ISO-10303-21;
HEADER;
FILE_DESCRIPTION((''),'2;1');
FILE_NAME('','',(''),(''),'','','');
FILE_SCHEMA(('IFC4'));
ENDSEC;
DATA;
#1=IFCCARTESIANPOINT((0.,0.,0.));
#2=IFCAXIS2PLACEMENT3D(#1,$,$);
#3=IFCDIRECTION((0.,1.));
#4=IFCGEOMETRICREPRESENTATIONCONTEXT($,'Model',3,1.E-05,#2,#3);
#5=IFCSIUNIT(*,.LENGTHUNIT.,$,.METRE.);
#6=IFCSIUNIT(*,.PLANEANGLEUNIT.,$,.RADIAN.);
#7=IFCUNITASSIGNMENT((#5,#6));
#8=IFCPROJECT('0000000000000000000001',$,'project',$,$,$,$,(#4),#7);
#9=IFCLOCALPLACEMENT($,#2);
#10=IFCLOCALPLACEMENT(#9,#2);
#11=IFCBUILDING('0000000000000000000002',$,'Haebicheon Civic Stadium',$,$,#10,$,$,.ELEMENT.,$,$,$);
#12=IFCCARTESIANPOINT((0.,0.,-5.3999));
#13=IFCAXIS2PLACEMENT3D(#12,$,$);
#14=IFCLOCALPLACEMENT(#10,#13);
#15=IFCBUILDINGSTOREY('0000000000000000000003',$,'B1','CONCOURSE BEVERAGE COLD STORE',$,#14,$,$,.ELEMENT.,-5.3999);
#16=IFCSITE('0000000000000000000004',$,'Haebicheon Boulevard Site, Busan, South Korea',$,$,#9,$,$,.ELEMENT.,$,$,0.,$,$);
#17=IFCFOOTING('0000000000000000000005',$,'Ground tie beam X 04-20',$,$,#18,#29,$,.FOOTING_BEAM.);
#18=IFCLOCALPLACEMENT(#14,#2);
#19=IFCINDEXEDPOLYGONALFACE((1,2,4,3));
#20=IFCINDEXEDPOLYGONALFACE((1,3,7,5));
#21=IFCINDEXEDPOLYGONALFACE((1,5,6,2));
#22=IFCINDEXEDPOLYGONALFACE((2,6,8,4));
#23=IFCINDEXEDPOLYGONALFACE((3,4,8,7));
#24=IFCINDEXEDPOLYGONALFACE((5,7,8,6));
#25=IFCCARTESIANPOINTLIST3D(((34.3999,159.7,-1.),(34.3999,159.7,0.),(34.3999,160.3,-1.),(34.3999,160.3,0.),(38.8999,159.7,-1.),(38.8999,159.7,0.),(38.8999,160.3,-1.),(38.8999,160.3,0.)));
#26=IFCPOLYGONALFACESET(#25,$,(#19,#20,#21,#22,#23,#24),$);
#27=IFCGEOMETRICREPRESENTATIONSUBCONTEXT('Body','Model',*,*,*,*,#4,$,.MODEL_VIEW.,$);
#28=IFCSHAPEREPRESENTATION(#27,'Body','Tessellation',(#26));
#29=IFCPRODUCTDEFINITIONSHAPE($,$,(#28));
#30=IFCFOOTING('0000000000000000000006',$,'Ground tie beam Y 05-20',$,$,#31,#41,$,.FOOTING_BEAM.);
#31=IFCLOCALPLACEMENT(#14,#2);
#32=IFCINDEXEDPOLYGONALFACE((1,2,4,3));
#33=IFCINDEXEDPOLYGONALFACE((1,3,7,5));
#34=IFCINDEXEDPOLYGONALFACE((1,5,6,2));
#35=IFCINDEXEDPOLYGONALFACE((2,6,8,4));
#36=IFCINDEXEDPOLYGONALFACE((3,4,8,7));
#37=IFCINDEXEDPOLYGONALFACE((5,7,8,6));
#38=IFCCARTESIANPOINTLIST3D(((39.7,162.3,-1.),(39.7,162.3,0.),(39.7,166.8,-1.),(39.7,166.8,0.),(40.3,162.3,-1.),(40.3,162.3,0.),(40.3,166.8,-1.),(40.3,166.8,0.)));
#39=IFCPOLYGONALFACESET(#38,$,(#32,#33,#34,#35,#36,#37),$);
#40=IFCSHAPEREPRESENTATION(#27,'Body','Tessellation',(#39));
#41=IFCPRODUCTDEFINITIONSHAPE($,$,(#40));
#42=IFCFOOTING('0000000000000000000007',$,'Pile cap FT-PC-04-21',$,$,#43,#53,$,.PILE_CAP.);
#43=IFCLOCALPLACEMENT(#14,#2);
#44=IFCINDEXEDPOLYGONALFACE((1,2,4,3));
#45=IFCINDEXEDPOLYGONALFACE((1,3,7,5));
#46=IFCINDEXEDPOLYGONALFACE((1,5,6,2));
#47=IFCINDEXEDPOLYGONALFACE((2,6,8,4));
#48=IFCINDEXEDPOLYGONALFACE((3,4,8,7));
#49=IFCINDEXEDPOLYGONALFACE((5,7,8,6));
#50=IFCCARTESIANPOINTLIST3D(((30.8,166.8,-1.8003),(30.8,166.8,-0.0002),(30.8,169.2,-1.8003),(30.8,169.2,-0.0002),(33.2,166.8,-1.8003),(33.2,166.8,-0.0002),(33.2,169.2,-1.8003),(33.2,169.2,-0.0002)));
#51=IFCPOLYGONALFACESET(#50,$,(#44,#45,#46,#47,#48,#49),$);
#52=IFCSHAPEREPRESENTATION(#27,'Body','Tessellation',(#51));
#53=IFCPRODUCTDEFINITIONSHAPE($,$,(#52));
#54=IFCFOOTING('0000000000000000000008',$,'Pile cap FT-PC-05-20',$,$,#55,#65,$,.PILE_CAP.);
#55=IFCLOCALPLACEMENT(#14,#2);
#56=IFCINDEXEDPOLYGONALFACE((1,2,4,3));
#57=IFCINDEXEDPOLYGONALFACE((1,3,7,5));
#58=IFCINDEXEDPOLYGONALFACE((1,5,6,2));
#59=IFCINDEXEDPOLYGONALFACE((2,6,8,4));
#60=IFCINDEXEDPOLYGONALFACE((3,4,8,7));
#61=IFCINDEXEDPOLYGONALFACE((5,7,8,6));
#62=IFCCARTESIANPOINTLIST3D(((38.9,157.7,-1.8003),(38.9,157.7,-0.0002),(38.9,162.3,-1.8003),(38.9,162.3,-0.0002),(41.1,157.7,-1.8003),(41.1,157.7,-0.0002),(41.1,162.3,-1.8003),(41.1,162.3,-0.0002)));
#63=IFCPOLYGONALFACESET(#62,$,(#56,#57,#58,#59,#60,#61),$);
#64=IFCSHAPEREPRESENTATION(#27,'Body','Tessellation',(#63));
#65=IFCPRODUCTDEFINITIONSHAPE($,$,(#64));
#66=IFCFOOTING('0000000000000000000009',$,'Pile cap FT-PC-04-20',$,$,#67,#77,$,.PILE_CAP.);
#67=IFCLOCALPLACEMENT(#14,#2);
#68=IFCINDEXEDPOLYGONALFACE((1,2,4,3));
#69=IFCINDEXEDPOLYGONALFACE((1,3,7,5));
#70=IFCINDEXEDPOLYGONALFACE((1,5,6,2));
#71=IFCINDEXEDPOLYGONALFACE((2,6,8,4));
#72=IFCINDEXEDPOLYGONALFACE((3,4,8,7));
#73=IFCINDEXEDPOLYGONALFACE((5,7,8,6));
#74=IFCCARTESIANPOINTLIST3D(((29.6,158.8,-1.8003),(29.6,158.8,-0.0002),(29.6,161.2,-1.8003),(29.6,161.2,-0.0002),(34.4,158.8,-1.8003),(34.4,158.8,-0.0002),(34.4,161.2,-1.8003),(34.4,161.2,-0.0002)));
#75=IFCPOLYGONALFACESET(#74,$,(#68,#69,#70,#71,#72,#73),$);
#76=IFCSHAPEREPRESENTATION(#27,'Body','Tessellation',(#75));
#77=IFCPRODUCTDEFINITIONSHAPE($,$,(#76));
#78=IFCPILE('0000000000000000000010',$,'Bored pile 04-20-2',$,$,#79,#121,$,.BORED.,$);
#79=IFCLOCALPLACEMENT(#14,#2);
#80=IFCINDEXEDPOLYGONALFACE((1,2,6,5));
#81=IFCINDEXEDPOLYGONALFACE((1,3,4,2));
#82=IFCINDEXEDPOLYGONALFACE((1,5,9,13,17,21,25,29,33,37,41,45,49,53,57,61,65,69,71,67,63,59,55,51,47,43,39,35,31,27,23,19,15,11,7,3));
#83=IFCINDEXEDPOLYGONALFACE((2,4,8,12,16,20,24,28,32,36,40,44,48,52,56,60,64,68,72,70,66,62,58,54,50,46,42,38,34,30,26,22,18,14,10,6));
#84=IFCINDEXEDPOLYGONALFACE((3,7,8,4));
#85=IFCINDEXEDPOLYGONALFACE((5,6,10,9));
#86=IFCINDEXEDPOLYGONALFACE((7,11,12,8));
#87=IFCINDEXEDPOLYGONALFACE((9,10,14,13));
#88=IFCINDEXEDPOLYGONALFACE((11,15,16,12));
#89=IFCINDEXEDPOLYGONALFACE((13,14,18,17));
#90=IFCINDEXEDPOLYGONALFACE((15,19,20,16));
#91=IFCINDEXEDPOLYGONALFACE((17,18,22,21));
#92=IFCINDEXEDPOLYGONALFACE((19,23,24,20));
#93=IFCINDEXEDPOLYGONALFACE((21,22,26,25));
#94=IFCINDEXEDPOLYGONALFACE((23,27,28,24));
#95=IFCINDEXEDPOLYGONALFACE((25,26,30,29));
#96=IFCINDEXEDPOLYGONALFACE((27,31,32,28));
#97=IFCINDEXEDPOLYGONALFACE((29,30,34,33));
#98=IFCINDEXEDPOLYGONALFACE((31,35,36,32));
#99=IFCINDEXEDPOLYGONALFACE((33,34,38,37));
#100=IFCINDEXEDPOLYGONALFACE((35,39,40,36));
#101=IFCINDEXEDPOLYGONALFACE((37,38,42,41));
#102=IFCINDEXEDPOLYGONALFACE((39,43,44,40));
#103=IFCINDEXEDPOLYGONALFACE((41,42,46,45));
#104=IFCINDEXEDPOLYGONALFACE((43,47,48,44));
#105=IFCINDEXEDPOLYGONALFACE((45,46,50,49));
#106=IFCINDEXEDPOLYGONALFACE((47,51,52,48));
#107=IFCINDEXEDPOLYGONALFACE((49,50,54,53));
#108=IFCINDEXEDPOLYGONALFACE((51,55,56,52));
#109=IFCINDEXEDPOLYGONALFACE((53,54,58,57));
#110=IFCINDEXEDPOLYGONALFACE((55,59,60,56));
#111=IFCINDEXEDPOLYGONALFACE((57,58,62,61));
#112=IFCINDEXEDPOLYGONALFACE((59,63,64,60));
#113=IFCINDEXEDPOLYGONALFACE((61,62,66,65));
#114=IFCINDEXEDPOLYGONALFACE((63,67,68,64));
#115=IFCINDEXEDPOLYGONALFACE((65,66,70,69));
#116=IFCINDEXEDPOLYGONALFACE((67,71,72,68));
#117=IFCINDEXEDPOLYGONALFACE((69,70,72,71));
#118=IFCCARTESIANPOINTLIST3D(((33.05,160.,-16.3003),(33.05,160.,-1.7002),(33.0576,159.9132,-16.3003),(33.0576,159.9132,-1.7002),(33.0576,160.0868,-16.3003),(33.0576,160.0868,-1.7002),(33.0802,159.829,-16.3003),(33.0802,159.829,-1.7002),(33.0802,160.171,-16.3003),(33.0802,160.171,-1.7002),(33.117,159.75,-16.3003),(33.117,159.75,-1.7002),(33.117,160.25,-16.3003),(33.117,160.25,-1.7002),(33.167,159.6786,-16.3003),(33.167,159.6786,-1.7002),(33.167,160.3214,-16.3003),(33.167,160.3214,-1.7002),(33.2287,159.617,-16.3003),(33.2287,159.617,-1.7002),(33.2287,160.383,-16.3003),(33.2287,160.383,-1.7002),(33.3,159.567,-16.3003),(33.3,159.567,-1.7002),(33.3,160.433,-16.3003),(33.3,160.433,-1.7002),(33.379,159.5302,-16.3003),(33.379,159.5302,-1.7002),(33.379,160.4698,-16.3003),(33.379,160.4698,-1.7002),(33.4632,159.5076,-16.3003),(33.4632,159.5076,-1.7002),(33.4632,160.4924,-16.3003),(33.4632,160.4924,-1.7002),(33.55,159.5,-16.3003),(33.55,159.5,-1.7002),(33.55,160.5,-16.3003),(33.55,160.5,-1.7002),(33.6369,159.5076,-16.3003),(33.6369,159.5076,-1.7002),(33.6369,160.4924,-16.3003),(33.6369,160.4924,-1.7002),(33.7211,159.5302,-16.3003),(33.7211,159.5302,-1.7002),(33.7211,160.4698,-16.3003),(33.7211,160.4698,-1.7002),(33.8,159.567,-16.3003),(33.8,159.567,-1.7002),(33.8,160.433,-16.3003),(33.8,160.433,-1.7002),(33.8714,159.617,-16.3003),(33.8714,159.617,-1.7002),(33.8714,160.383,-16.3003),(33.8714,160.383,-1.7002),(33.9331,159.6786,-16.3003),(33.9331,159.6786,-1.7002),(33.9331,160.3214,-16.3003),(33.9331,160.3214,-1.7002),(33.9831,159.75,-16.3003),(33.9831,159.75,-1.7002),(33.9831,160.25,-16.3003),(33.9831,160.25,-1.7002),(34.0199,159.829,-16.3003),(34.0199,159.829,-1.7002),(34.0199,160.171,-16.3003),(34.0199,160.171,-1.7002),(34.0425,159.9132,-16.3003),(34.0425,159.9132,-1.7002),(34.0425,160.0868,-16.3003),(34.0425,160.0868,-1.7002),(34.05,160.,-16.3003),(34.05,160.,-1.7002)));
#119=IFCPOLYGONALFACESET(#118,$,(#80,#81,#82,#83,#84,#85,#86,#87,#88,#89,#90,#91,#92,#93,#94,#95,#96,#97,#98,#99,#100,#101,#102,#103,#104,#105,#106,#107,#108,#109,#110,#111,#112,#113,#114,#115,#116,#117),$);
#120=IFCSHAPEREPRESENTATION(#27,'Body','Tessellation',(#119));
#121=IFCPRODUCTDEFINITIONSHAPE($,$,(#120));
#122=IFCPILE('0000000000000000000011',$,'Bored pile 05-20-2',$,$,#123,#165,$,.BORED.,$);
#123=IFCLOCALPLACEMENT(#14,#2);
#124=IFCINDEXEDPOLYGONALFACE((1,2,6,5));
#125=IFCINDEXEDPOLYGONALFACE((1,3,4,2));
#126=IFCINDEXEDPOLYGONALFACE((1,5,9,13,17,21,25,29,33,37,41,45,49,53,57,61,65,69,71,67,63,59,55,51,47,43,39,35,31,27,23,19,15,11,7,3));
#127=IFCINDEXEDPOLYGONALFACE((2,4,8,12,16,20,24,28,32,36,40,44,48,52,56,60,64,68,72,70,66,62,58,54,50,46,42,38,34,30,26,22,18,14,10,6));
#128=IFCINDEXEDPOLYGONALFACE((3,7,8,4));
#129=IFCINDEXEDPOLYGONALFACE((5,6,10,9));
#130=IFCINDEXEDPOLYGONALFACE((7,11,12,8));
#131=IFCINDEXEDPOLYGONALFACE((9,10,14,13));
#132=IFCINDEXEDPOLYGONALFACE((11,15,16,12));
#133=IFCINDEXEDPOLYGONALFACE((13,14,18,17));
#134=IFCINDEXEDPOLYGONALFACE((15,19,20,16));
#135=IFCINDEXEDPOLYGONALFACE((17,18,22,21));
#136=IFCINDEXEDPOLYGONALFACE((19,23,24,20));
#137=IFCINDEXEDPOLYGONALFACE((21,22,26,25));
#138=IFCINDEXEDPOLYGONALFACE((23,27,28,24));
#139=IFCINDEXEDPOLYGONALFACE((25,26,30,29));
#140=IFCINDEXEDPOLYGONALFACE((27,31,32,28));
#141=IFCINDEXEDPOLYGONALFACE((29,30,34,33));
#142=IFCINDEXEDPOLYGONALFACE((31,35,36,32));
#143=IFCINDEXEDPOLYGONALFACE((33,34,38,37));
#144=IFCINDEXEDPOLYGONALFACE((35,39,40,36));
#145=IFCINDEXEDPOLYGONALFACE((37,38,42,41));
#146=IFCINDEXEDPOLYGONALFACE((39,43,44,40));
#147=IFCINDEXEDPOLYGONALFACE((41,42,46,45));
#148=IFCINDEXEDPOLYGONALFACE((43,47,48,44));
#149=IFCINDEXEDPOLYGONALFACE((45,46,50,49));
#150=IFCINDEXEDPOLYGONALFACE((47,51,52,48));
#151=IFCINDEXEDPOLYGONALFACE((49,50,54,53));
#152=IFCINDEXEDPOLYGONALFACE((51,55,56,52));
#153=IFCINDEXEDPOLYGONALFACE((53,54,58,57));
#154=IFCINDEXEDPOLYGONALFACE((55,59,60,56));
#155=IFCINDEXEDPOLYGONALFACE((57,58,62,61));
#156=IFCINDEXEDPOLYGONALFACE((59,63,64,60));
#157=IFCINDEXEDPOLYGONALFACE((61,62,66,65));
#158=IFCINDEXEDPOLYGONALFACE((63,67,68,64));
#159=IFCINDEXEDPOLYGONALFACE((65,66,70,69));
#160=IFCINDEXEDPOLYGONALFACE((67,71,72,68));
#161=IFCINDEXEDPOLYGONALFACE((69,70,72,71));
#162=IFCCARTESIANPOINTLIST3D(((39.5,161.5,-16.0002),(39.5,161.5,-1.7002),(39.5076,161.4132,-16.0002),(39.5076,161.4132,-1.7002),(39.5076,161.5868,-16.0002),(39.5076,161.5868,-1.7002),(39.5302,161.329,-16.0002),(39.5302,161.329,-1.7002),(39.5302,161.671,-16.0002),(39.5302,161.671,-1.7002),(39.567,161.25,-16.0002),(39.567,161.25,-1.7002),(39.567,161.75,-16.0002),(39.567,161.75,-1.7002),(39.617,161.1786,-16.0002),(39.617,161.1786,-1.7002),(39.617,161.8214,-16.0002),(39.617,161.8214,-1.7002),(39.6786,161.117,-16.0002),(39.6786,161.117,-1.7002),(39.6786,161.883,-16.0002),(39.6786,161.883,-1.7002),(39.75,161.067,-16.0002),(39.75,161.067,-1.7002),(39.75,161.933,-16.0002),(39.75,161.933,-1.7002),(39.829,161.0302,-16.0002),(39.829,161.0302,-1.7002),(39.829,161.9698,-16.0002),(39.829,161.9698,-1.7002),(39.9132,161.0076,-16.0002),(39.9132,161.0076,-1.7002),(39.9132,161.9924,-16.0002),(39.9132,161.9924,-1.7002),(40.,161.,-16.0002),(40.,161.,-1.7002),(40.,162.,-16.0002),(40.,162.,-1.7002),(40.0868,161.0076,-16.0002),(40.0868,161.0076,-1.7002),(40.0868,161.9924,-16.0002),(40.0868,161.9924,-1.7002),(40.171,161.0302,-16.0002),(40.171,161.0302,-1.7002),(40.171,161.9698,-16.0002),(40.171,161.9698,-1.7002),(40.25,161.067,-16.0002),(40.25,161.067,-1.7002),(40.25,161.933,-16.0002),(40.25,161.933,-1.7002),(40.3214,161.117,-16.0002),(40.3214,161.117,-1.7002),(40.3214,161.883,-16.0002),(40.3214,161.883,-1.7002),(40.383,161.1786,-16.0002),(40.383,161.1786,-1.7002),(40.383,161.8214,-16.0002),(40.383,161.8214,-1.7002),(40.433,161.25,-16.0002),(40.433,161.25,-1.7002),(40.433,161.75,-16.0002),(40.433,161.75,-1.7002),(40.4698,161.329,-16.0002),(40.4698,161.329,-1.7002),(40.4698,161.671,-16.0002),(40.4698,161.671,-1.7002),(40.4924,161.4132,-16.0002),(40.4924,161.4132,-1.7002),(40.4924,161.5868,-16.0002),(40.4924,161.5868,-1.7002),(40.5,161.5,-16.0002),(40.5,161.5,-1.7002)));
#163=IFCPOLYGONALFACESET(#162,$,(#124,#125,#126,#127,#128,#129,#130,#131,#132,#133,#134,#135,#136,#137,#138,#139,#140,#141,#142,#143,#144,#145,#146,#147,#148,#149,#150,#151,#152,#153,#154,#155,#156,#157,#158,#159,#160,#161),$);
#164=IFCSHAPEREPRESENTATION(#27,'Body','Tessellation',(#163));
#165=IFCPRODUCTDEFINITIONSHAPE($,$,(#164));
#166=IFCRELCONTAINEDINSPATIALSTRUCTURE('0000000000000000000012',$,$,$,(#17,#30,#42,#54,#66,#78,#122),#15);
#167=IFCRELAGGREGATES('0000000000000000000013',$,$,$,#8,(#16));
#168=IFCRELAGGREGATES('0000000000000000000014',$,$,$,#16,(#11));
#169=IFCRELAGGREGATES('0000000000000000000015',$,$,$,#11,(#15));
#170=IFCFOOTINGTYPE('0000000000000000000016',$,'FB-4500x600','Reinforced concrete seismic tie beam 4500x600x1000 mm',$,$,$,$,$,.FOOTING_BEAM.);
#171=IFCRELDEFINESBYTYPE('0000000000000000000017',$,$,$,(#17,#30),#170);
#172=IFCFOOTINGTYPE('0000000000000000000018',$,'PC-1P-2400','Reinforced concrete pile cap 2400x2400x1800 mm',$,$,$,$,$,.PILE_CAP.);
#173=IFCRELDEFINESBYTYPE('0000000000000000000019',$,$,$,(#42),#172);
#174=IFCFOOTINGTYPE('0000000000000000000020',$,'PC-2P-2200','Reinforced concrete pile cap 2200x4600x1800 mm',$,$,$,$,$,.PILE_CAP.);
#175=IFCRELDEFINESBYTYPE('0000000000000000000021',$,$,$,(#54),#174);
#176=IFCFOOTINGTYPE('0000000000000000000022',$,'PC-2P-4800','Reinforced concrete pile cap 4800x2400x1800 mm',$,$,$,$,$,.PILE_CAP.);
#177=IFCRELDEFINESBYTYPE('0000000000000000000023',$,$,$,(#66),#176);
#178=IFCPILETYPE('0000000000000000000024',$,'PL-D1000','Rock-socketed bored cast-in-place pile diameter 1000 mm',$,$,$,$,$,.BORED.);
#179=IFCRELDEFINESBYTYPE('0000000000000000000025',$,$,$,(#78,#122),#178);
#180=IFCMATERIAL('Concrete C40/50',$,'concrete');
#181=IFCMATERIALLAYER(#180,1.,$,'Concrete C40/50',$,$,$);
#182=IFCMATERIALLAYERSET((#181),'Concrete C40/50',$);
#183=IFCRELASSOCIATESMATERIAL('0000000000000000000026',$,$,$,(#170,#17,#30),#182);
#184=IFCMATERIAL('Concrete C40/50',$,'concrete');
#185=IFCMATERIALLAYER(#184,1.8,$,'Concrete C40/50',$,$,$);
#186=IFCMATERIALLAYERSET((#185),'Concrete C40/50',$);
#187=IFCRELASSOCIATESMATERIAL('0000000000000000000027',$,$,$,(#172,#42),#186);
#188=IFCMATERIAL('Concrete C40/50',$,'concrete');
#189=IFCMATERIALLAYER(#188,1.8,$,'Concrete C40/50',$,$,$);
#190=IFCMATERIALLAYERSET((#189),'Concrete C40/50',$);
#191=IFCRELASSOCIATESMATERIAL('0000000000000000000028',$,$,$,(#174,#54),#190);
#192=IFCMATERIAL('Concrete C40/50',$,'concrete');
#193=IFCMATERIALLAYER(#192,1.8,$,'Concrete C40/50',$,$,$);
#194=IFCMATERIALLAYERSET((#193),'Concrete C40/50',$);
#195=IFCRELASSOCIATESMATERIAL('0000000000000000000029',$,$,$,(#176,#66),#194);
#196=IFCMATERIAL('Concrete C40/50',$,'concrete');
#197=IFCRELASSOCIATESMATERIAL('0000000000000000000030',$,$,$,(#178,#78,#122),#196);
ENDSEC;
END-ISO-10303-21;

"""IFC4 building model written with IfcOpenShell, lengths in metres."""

from ifc_helpers import new_model, si_unit, direction, frame, origin, origin_2d, place, context, subcontext, project, spatial, rectangle, circle, extrude, material, layer, layer_set, material_profile, profile_set, type_object, element, save


model = new_model("IFC4")

# Units and contexts
model_context = context("Model", 3, precision=1e-05, world=origin(), true_north=direction((0.0, 1.0)))
body_context = subcontext(model_context, "Body", "Model", "MODEL_VIEW")
ifc_project = project(units=[si_unit("LENGTHUNIT", "METRE"), si_unit("PLANEANGLEUNIT", "RADIAN")], contexts=[model_context])

# Site, building, storey
site_placement = place(None, origin())
site = spatial("IfcSite", under=ifc_project, at=site_placement, Name="Haebicheon Boulevard Site, Busan, South Korea", CompositionType="ELEMENT", RefElevation=0.0)
building_placement = place(site_placement, origin())
building = spatial("IfcBuilding", under=site, at=building_placement, Name="Haebicheon Civic Stadium", CompositionType="ELEMENT")
storey_placement = place(building_placement, frame((0.0, 0.0, -5.3999)))
storey = spatial("IfcBuildingStorey", under=building, at=storey_placement, Name="B1", Description="CONCOURSE BEVERAGE COLD STORE", CompositionType="ELEMENT", Elevation=-5.3999)

# Footings
ifc_material_1 = material(Name="Concrete C40/50", Category="concrete")
ifc_layer_1 = layer(ifc_material_1, 1.0, Name="Concrete C40/50")
ifc_layer_set_1 = layer_set([ifc_layer_1], Name="Concrete C40/50")
footing_type_1 = type_object("IfcFootingType", Name="FB-4500x600", Description="Reinforced concrete seismic tie beam 4500x600x1000 mm", PredefinedType="FOOTING_BEAM", material=ifc_layer_set_1)
for number, where, z_axis, x_axis, name in (
    (1, (36.6499, 160.0, -1.0), (0.0, 0.0, 1.0), (1.0, 0.0, 0.0), "Ground tie beam X 04-20"),
    (2, (40.0, 164.55, -1.0), (0.0, 0.0, 1.0), (0.0, 1.0, 0.0), "Ground tie beam Y 05-20"),
):
    element("IfcFooting", number, at=place(storey_placement, frame(where, z_axis=z_axis, x_axis=x_axis)), inside=storey, type_object=footing_type_1, material=ifc_layer_set_1, Name=name, PredefinedType="FOOTING_BEAM", context=body_context, shape_type="SweptSolid", body=[
        extrude(rectangle(XDim=4.5, YDim=0.6001, at=origin_2d()), origin(), (0.0, 0.0, 1.0), 1.0),
    ])
ifc_material_2 = material(Name="Concrete C40/50", Category="concrete")
ifc_layer_2 = layer(ifc_material_2, 1.8, Name="Concrete C40/50")
ifc_layer_set_2 = layer_set([ifc_layer_2], Name="Concrete C40/50")
footing_type_2 = type_object("IfcFootingType", Name="PC-1P-2400", Description="Reinforced concrete pile cap 2400x2400x1800 mm", PredefinedType="PILE_CAP", material=ifc_layer_set_2)
footing_1_placement = place(storey_placement, frame((32.0, 168.0, -1.8003), z_axis=(0.0, 0.0, 1.0), x_axis=(1.0, 0.0, 0.0)))
element("IfcFooting", 3, at=footing_1_placement, inside=storey, type_object=footing_type_2, material=ifc_layer_set_2, Name="Pile cap FT-PC-04-21", PredefinedType="PILE_CAP", context=body_context, shape_type="SweptSolid", body=[
    extrude(rectangle(XDim=2.3999, YDim=2.3999, at=origin_2d()), origin(), (0.0, 0.0, 1.0), 1.8),
])
ifc_material_3 = material(Name="Concrete C40/50", Category="concrete")
ifc_layer_3 = layer(ifc_material_3, 1.8, Name="Concrete C40/50")
ifc_layer_set_3 = layer_set([ifc_layer_3], Name="Concrete C40/50")
footing_type_3 = type_object("IfcFootingType", Name="PC-2P-2200", Description="Reinforced concrete pile cap 2200x4600x1800 mm", PredefinedType="PILE_CAP", material=ifc_layer_set_3)
footing_2_placement = place(storey_placement, frame((40.0, 160.0, -1.8003), z_axis=(0.0, 0.0, 1.0), x_axis=(1.0, 0.0, 0.0)))
element("IfcFooting", 4, at=footing_2_placement, inside=storey, type_object=footing_type_3, material=ifc_layer_set_3, Name="Pile cap FT-PC-05-20", PredefinedType="PILE_CAP", context=body_context, shape_type="SweptSolid", body=[
    extrude(rectangle(XDim=2.2, YDim=4.6001, at=origin_2d()), origin(), (0.0, 0.0, 1.0), 1.8),
])
ifc_material_4 = material(Name="Concrete C40/50", Category="concrete")
ifc_layer_4 = layer(ifc_material_4, 1.8, Name="Concrete C40/50")
ifc_layer_set_4 = layer_set([ifc_layer_4], Name="Concrete C40/50")
footing_type_4 = type_object("IfcFootingType", Name="PC-2P-4800", Description="Reinforced concrete pile cap 4800x2400x1800 mm", PredefinedType="PILE_CAP", material=ifc_layer_set_4)
footing_3_placement = place(storey_placement, frame((32.0, 160.0, -1.8003), z_axis=(0.0, 0.0, 1.0), x_axis=(1.0, 0.0, 0.0)))
element("IfcFooting", 5, at=footing_3_placement, inside=storey, type_object=footing_type_4, material=ifc_layer_set_4, Name="Pile cap FT-PC-04-20", PredefinedType="PILE_CAP", context=body_context, shape_type="SweptSolid", body=[
    extrude(rectangle(XDim=4.8, YDim=2.3999, at=origin_2d()), origin(), (0.0, 0.0, 1.0), 1.8),
])

# Piles
ifc_material_5 = material(Name="Concrete C40/50", Category="concrete")
ifc_material_profile_1 = material_profile(ifc_material_5, circle(Radius=0.5, at=origin_2d()), Name="PILE-D1000")
ifc_profile_set_1 = profile_set([ifc_material_profile_1], Name="Concrete C40/50")
pile_type_1 = type_object("IfcPileType", Name="PL-D1000", Description="Rock-socketed bored cast-in-place pile diameter 1000 mm", PredefinedType="BORED", material=ifc_profile_set_1)
pile_1_placement = place(storey_placement, frame((33.55, 160.0, -1.7002), z_axis=(0.0, 0.0, -1.0), x_axis=(1.0, 0.0, 0.0)))
element("IfcPile", 6, at=pile_1_placement, inside=storey, type_object=pile_type_1, material=ifc_profile_set_1, Name="Bored pile 04-20-2", PredefinedType="BORED", context=body_context, shape_type="SweptSolid", body=[
    extrude(circle(Radius=0.5, at=origin_2d()), origin(), (0.0, 0.0, 1.0), 14.6001),
])
pile_2_placement = place(storey_placement, frame((40.0, 161.5, -1.7002), z_axis=(0.0, 0.0, -1.0), x_axis=(1.0, 0.0, 0.0)))
element("IfcPile", 7, at=pile_2_placement, inside=storey, type_object=pile_type_1, material=ifc_profile_set_1, Name="Bored pile 05-20-2", PredefinedType="BORED", context=body_context, shape_type="SweptSolid", body=[
    extrude(circle(Radius=0.5, at=origin_2d()), origin(), (0.0, 0.0, 1.0), 14.3),
])

save(model, "model.ifc")
